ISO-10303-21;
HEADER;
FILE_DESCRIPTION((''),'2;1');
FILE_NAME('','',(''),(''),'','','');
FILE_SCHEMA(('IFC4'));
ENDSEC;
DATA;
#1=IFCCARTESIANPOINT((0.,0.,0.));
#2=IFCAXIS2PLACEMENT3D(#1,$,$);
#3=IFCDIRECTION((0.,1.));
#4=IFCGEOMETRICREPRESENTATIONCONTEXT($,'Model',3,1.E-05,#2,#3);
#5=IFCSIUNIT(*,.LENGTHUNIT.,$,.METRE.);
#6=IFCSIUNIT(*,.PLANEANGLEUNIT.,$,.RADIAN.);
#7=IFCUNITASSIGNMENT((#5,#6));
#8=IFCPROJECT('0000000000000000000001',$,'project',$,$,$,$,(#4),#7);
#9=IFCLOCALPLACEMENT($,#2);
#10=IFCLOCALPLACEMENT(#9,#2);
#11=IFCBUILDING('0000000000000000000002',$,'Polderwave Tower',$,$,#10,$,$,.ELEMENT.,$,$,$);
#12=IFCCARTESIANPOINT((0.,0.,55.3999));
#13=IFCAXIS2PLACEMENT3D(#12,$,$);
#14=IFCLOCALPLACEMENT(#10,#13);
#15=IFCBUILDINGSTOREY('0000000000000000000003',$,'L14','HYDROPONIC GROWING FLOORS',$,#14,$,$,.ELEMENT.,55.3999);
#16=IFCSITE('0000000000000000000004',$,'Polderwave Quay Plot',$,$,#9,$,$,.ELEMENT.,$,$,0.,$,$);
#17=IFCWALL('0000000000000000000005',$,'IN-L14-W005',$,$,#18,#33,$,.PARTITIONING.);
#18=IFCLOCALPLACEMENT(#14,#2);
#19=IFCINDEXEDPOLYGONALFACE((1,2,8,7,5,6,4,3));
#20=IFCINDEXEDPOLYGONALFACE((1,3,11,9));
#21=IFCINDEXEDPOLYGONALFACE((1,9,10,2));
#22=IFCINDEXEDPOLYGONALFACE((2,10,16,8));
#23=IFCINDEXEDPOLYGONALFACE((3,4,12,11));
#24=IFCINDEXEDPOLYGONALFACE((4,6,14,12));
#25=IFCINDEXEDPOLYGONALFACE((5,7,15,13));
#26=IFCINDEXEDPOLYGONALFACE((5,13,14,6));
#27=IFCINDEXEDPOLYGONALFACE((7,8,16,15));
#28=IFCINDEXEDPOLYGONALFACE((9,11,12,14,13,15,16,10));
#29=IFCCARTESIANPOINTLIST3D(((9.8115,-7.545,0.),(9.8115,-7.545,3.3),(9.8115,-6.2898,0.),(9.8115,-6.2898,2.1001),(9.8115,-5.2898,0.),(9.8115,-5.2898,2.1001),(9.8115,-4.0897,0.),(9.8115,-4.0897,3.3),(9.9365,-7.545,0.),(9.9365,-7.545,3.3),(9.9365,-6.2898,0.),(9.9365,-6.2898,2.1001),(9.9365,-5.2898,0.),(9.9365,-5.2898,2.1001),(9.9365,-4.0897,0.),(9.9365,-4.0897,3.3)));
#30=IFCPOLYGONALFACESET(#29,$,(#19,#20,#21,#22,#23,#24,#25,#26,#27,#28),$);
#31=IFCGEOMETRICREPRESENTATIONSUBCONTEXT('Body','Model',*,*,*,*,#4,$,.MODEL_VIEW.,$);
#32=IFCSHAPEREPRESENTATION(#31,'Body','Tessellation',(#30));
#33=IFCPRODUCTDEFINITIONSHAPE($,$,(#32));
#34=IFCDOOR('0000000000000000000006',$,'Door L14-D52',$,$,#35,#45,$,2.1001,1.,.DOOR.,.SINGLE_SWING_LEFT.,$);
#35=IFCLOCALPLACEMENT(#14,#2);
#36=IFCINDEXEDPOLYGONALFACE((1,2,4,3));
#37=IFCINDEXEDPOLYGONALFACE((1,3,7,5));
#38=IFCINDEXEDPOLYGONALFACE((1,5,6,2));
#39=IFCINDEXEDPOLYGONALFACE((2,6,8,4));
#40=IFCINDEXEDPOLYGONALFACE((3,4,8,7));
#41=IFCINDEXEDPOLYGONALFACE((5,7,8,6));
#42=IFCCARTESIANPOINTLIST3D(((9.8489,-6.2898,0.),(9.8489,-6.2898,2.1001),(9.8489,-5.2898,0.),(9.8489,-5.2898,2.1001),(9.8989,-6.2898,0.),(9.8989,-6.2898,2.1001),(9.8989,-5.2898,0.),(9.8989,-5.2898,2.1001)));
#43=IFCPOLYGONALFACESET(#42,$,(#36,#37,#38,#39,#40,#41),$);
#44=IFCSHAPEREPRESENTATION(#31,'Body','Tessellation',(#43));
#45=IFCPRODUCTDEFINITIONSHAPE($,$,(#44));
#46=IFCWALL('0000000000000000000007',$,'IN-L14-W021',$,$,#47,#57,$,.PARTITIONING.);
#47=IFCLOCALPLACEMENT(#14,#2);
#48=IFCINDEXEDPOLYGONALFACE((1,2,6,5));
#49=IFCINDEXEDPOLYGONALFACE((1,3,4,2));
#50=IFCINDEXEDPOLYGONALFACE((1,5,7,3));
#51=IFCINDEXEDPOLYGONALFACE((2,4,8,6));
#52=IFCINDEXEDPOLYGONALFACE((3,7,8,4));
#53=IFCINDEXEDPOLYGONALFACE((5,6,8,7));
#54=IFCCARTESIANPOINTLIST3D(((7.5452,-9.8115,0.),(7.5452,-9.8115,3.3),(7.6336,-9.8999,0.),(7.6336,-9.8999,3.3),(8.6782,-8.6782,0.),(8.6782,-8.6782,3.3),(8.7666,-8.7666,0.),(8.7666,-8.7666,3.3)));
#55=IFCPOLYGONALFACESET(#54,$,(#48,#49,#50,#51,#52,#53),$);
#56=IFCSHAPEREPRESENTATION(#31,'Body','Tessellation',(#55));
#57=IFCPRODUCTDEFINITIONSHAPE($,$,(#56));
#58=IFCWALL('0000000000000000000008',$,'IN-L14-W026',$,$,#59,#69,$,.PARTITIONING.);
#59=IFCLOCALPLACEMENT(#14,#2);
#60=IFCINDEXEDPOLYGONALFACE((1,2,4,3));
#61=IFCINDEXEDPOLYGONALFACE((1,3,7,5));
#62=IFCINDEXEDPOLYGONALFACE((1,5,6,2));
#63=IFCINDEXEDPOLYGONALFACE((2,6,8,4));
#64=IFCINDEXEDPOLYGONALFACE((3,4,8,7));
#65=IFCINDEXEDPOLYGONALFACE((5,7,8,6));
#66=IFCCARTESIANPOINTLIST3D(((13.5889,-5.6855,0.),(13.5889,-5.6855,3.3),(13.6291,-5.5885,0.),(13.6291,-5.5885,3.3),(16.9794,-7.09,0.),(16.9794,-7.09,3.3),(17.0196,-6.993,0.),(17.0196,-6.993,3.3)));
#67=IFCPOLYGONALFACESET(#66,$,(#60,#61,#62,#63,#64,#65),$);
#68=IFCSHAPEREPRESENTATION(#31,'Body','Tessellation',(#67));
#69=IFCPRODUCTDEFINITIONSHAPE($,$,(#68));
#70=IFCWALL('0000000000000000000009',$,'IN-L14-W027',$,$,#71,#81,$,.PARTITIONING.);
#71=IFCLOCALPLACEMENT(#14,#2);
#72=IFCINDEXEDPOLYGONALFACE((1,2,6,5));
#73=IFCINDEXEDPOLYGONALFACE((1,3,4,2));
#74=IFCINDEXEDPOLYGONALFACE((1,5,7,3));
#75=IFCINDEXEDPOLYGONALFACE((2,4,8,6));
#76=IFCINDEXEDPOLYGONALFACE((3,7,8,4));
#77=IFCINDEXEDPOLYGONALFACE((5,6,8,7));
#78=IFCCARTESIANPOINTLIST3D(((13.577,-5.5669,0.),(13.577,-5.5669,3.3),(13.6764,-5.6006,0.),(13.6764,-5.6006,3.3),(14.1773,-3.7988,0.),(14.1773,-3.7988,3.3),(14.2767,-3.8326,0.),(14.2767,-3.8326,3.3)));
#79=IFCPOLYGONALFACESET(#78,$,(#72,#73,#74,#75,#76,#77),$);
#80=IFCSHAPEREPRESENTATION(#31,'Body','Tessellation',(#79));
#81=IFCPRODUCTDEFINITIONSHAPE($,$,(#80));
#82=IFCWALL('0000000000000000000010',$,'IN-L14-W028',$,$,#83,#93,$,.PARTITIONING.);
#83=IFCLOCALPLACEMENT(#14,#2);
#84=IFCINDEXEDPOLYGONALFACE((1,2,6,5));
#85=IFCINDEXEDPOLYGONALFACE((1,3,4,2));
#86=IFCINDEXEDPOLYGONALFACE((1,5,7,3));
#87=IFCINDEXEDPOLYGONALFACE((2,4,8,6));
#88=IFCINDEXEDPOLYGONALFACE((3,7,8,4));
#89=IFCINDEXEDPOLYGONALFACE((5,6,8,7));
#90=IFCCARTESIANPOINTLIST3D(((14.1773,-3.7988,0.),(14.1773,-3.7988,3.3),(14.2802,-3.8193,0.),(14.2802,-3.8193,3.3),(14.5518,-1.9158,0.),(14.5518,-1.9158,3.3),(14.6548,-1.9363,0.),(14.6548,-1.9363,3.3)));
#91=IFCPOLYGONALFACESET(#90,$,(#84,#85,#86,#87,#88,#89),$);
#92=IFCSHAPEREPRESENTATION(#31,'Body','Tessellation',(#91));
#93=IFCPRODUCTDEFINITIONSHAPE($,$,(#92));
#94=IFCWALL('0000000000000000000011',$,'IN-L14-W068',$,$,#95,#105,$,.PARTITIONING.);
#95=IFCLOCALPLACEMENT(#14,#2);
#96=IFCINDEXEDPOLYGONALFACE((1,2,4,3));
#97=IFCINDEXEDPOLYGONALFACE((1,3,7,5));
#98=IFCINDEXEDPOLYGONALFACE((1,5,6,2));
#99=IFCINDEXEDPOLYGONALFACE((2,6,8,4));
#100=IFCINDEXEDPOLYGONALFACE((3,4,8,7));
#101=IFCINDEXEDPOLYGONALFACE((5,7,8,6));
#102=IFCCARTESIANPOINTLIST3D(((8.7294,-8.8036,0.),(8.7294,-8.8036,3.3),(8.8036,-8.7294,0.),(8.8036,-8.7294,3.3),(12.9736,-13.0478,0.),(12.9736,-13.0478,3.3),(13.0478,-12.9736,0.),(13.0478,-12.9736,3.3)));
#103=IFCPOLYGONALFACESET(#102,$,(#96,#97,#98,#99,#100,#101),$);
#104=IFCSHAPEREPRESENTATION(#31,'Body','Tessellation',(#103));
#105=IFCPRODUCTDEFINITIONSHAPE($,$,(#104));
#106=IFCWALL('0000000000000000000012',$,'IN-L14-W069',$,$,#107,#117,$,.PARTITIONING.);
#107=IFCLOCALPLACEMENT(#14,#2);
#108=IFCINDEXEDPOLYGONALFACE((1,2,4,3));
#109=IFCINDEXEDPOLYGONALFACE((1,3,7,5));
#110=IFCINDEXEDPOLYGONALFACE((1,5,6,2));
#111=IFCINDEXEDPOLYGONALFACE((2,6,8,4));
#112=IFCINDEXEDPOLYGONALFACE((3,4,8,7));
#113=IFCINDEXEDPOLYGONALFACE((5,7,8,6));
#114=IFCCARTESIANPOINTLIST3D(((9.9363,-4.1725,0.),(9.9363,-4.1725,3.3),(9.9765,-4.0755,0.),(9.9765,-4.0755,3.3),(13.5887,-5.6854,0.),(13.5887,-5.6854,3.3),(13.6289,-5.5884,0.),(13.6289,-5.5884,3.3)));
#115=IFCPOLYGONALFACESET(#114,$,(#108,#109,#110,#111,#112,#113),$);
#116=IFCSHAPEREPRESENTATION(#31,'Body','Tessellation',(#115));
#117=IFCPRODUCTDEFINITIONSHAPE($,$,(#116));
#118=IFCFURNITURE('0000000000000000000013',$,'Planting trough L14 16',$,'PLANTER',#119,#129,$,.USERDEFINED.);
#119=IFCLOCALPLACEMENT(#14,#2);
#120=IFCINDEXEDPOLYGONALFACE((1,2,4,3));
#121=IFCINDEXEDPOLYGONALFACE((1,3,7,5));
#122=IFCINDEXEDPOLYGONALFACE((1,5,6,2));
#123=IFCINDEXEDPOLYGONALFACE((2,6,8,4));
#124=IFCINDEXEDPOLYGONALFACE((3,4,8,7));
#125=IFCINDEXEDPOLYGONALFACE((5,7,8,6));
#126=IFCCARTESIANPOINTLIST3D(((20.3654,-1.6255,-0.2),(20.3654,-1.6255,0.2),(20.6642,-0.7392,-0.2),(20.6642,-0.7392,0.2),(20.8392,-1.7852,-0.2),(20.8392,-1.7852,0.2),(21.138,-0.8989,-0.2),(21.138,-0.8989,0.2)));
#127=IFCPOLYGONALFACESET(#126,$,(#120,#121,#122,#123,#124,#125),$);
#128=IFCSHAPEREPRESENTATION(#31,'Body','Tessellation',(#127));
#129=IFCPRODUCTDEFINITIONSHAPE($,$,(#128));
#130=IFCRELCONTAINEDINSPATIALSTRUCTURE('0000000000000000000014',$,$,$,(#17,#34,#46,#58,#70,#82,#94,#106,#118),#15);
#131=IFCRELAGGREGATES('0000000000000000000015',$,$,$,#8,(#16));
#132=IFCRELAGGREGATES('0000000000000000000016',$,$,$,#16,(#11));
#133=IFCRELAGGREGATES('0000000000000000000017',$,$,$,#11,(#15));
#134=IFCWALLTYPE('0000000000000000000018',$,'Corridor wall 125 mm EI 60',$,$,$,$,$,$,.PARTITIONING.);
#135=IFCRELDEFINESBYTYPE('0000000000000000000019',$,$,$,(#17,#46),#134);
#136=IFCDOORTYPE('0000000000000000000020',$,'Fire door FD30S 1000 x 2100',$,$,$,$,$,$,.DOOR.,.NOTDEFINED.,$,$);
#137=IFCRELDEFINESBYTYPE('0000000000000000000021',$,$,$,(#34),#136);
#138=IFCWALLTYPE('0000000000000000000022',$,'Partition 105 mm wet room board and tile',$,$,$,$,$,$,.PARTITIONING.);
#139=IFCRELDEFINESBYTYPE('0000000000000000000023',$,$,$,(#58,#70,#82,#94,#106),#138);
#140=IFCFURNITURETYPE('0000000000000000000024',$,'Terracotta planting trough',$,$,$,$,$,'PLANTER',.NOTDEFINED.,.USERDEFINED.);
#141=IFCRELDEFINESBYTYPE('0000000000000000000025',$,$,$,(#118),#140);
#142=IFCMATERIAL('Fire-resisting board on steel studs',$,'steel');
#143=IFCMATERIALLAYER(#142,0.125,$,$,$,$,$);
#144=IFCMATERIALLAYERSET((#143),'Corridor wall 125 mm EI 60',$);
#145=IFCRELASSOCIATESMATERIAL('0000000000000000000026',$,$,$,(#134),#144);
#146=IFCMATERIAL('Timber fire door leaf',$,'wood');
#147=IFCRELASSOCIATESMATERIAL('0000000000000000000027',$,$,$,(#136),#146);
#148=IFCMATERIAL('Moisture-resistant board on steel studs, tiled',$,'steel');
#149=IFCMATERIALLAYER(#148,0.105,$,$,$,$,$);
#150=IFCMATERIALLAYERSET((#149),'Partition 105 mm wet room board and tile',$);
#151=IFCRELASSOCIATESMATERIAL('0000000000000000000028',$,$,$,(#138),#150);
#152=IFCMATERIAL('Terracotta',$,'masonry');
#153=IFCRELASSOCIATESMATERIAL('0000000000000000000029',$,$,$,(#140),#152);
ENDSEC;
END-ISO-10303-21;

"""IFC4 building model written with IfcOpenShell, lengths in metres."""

from ifc_helpers import new_model, si_unit, direction, frame, frame_2d, origin, origin_2d, place, context, subcontext, project, spatial, rectangle, extrude, material, layer, layer_set, type_object, element, fill, save


model = new_model("IFC4")

# Units and contexts
model_context = context("Model", 3, precision=1e-05, world=origin(), true_north=direction((0.0, 1.0)))
body_context = subcontext(model_context, "Body", "Model", "MODEL_VIEW")
ifc_project = project(units=[si_unit("LENGTHUNIT", "METRE"), si_unit("PLANEANGLEUNIT", "RADIAN")], contexts=[model_context])

# Site, building, storey
site_placement = place(None, origin())
site = spatial("IfcSite", under=ifc_project, at=site_placement, Name="Polderwave Quay Plot", CompositionType="ELEMENT", RefElevation=0.0)
building_placement = place(site_placement, origin())
building = spatial("IfcBuilding", under=site, at=building_placement, Name="Polderwave Tower", CompositionType="ELEMENT")
storey_placement = place(building_placement, frame((0.0, 0.0, 55.3999)))
storey = spatial("IfcBuildingStorey", under=building, at=storey_placement, Name="L14", Description="HYDROPONIC GROWING FLOORS", CompositionType="ELEMENT", Elevation=55.3999)

# Shared definitions
ifc_material_1 = material(Name="Fire-resisting board on steel studs", Category="steel")
ifc_layer_1 = layer(ifc_material_1, 0.125)
ifc_layer_set_1 = layer_set([ifc_layer_1], Name="Corridor wall 125 mm EI 60")
wall_type_1 = type_object("IfcWallType", Name="Corridor wall 125 mm EI 60", PredefinedType="PARTITIONING", material=ifc_layer_set_1)

# Wall, opening, door
wall_1_placement = place(storey_placement, frame((9.874, -4.0898, 0.0), z_axis=(0.0, 0.0, 1.0), x_axis=(0.0, -1.0, 0.0)))
wall_1 = element("IfcWall", 1, at=wall_1_placement, inside=storey, type_object=wall_type_1, Name="IN-L14-W005", PredefinedType="PARTITIONING", context=body_context, shape_type="SweptSolid", body=[
    extrude(rectangle(XDim=3.4553, YDim=0.125, at=frame_2d((1.7275, 0.0))), origin(), (0.0, 0.0, 1.0), 3.3),
])
opening_placement = place(wall_1_placement, frame((1.2, 0.0, 0.0)))
opening = element("IfcOpeningElement", 2, at=opening_placement, cuts=wall_1, PredefinedType="OPENING", context=body_context, shape_type="SweptSolid", body=[
    extrude(rectangle(XDim=1.0, YDim=2.1001, at=frame_2d((0.5, 1.05))), frame((0.0, 0.0725, 0.0), z_axis=(0.0, -1.0, 0.0), x_axis=(1.0, 0.0, 0.0)), (0.0, 0.0, 1.0), 0.145),
])
ifc_material_2 = material(Name="Timber fire door leaf", Category="wood")
door_type = type_object("IfcDoorType", Name="Fire door FD30S 1000 x 2100", OperationType="NOTDEFINED", PredefinedType="DOOR", material=ifc_material_2)
door_placement = place(opening_placement, origin())
door = element("IfcDoor", 3, at=door_placement, inside=storey, type_object=door_type, Name="Door L14-D52", OperationType="SINGLE_SWING_LEFT", OverallHeight=2.1001, OverallWidth=1.0, PredefinedType="DOOR", context=body_context, shape_type="SweptSolid", body=[
    extrude(rectangle(XDim=1.0, YDim=2.1001, at=frame_2d((0.5, 1.05))), frame((0.0, 0.0249, 0.0), z_axis=(0.0, -1.0, 0.0), x_axis=(1.0, 0.0, 0.0)), (0.0, 0.0, 1.0), 0.05),
])
fill(opening, door)

# Walls
wall_2_placement = place(storey_placement, frame((8.7224, -8.7224, 0.0), z_axis=(0.0, 0.0, 1.0), x_axis=(-0.707031, -0.707183, 0.0)))
element("IfcWall", 4, at=wall_2_placement, inside=storey, type_object=wall_type_1, Name="IN-L14-W021", PredefinedType="PARTITIONING", context=body_context, shape_type="SweptSolid", body=[
    extrude(rectangle(XDim=1.6025, YDim=0.125, at=frame_2d((0.8013, 0.0))), origin(), (0.0, 0.0, 1.0), 3.3),
])
ifc_material_3 = material(Name="Moisture-resistant board on steel studs, tiled", Category="steel")
ifc_layer_2 = layer(ifc_material_3, 0.105)
ifc_layer_set_2 = layer_set([ifc_layer_2], Name="Partition 105 mm wet room board and tile")
wall_type_2 = type_object("IfcWallType", Name="Partition 105 mm wet room board and tile", PredefinedType="PARTITIONING", material=ifc_layer_set_2)
wall_3_placement = place(storey_placement, frame((16.9995, -7.0415, 0.0), z_axis=(0.0, 0.0, 1.0), x_axis=(-0.92387, 0.382706, 0.0)))
element("IfcWall", 5, at=wall_3_placement, inside=storey, type_object=wall_type_2, Name="IN-L14-W026", PredefinedType="PARTITIONING", context=body_context, shape_type="SweptSolid", body=[
    extrude(rectangle(XDim=3.6699, YDim=0.105, at=frame_2d((1.835, 0.0))), origin(), (0.0, 0.0, 1.0), 3.3),
])
wall_4_placement = place(storey_placement, frame((13.6267, -5.5837, 0.0), z_axis=(0.0, 0.0, 1.0), x_axis=(0.321518, 0.946903, 0.0)))
element("IfcWall", 6, at=wall_4_placement, inside=storey, type_object=wall_type_2, Name="IN-L14-W027", PredefinedType="PARTITIONING", context=body_context, shape_type="SweptSolid", body=[
    extrude(rectangle(XDim=1.8672, YDim=0.105, at=frame_2d((0.9336, 0.0))), origin(), (0.0, 0.0, 1.0), 3.3),
])
wall_5_placement = place(storey_placement, frame((14.2288, -3.8091, 0.0), z_axis=(0.0, 0.0, 1.0), x_axis=(0.195065, 0.98079, 0.0)))
element("IfcWall", 7, at=wall_5_placement, inside=storey, type_object=wall_type_2, Name="IN-L14-W028", PredefinedType="PARTITIONING", context=body_context, shape_type="SweptSolid", body=[
    extrude(rectangle(XDim=1.9199, YDim=0.105, at=frame_2d((0.96, 0.0))), origin(), (0.0, 0.0, 1.0), 3.3),
])
wall_6_placement = place(storey_placement, frame((8.7666, -8.7666, 0.0), z_axis=(0.0, 0.0, 1.0), x_axis=(0.707107, -0.707107, 0.0)))
element("IfcWall", 8, at=wall_6_placement, inside=storey, type_object=wall_type_2, Name="IN-L14-W068", PredefinedType="PARTITIONING", context=body_context, shape_type="SweptSolid", body=[
    extrude(rectangle(XDim=6.0022, YDim=0.105, at=frame_2d((3.001, 0.0))), origin(), (0.0, 0.0, 1.0), 3.3),
])
wall_7_placement = place(storey_placement, frame((9.9565, -4.124, 0.0), z_axis=(0.0, 0.0, 1.0), x_axis=(0.923872, -0.382703, 0.0)))
element("IfcWall", 9, at=wall_7_placement, inside=storey, type_object=wall_type_2, Name="IN-L14-W069", PredefinedType="PARTITIONING", context=body_context, shape_type="SweptSolid", body=[
    extrude(rectangle(XDim=3.9534, YDim=0.105, at=frame_2d((1.9766, 0.0))), origin(), (0.0, 0.0, 1.0), 3.3),
])

# Furniture
ifc_material_4 = material(Name="Terracotta", Category="masonry")
furniture_type = type_object("IfcFurnitureType", Name="Terracotta planting trough", ElementType="PLANTER", AssemblyPlace="NOTDEFINED", PredefinedType="USERDEFINED", material=ifc_material_4)
furniture_placement = place(storey_placement, frame((20.7517, -1.2622, -0.2), z_axis=(0.0, 0.0, 1.0), x_axis=(0.3195, 0.947586, 0.0)))
element("IfcFurniture", 10, at=furniture_placement, inside=storey, type_object=furniture_type, Name="Planting trough L14 16", ObjectType="PLANTER", PredefinedType="USERDEFINED", context=body_context, shape_type="SweptSolid", body=[
    extrude(rectangle(XDim=0.9353, YDim=0.5, at=origin_2d()), origin(), (0.0, 0.0, 1.0), 0.3999),
])

save(model, "model.ifc")
